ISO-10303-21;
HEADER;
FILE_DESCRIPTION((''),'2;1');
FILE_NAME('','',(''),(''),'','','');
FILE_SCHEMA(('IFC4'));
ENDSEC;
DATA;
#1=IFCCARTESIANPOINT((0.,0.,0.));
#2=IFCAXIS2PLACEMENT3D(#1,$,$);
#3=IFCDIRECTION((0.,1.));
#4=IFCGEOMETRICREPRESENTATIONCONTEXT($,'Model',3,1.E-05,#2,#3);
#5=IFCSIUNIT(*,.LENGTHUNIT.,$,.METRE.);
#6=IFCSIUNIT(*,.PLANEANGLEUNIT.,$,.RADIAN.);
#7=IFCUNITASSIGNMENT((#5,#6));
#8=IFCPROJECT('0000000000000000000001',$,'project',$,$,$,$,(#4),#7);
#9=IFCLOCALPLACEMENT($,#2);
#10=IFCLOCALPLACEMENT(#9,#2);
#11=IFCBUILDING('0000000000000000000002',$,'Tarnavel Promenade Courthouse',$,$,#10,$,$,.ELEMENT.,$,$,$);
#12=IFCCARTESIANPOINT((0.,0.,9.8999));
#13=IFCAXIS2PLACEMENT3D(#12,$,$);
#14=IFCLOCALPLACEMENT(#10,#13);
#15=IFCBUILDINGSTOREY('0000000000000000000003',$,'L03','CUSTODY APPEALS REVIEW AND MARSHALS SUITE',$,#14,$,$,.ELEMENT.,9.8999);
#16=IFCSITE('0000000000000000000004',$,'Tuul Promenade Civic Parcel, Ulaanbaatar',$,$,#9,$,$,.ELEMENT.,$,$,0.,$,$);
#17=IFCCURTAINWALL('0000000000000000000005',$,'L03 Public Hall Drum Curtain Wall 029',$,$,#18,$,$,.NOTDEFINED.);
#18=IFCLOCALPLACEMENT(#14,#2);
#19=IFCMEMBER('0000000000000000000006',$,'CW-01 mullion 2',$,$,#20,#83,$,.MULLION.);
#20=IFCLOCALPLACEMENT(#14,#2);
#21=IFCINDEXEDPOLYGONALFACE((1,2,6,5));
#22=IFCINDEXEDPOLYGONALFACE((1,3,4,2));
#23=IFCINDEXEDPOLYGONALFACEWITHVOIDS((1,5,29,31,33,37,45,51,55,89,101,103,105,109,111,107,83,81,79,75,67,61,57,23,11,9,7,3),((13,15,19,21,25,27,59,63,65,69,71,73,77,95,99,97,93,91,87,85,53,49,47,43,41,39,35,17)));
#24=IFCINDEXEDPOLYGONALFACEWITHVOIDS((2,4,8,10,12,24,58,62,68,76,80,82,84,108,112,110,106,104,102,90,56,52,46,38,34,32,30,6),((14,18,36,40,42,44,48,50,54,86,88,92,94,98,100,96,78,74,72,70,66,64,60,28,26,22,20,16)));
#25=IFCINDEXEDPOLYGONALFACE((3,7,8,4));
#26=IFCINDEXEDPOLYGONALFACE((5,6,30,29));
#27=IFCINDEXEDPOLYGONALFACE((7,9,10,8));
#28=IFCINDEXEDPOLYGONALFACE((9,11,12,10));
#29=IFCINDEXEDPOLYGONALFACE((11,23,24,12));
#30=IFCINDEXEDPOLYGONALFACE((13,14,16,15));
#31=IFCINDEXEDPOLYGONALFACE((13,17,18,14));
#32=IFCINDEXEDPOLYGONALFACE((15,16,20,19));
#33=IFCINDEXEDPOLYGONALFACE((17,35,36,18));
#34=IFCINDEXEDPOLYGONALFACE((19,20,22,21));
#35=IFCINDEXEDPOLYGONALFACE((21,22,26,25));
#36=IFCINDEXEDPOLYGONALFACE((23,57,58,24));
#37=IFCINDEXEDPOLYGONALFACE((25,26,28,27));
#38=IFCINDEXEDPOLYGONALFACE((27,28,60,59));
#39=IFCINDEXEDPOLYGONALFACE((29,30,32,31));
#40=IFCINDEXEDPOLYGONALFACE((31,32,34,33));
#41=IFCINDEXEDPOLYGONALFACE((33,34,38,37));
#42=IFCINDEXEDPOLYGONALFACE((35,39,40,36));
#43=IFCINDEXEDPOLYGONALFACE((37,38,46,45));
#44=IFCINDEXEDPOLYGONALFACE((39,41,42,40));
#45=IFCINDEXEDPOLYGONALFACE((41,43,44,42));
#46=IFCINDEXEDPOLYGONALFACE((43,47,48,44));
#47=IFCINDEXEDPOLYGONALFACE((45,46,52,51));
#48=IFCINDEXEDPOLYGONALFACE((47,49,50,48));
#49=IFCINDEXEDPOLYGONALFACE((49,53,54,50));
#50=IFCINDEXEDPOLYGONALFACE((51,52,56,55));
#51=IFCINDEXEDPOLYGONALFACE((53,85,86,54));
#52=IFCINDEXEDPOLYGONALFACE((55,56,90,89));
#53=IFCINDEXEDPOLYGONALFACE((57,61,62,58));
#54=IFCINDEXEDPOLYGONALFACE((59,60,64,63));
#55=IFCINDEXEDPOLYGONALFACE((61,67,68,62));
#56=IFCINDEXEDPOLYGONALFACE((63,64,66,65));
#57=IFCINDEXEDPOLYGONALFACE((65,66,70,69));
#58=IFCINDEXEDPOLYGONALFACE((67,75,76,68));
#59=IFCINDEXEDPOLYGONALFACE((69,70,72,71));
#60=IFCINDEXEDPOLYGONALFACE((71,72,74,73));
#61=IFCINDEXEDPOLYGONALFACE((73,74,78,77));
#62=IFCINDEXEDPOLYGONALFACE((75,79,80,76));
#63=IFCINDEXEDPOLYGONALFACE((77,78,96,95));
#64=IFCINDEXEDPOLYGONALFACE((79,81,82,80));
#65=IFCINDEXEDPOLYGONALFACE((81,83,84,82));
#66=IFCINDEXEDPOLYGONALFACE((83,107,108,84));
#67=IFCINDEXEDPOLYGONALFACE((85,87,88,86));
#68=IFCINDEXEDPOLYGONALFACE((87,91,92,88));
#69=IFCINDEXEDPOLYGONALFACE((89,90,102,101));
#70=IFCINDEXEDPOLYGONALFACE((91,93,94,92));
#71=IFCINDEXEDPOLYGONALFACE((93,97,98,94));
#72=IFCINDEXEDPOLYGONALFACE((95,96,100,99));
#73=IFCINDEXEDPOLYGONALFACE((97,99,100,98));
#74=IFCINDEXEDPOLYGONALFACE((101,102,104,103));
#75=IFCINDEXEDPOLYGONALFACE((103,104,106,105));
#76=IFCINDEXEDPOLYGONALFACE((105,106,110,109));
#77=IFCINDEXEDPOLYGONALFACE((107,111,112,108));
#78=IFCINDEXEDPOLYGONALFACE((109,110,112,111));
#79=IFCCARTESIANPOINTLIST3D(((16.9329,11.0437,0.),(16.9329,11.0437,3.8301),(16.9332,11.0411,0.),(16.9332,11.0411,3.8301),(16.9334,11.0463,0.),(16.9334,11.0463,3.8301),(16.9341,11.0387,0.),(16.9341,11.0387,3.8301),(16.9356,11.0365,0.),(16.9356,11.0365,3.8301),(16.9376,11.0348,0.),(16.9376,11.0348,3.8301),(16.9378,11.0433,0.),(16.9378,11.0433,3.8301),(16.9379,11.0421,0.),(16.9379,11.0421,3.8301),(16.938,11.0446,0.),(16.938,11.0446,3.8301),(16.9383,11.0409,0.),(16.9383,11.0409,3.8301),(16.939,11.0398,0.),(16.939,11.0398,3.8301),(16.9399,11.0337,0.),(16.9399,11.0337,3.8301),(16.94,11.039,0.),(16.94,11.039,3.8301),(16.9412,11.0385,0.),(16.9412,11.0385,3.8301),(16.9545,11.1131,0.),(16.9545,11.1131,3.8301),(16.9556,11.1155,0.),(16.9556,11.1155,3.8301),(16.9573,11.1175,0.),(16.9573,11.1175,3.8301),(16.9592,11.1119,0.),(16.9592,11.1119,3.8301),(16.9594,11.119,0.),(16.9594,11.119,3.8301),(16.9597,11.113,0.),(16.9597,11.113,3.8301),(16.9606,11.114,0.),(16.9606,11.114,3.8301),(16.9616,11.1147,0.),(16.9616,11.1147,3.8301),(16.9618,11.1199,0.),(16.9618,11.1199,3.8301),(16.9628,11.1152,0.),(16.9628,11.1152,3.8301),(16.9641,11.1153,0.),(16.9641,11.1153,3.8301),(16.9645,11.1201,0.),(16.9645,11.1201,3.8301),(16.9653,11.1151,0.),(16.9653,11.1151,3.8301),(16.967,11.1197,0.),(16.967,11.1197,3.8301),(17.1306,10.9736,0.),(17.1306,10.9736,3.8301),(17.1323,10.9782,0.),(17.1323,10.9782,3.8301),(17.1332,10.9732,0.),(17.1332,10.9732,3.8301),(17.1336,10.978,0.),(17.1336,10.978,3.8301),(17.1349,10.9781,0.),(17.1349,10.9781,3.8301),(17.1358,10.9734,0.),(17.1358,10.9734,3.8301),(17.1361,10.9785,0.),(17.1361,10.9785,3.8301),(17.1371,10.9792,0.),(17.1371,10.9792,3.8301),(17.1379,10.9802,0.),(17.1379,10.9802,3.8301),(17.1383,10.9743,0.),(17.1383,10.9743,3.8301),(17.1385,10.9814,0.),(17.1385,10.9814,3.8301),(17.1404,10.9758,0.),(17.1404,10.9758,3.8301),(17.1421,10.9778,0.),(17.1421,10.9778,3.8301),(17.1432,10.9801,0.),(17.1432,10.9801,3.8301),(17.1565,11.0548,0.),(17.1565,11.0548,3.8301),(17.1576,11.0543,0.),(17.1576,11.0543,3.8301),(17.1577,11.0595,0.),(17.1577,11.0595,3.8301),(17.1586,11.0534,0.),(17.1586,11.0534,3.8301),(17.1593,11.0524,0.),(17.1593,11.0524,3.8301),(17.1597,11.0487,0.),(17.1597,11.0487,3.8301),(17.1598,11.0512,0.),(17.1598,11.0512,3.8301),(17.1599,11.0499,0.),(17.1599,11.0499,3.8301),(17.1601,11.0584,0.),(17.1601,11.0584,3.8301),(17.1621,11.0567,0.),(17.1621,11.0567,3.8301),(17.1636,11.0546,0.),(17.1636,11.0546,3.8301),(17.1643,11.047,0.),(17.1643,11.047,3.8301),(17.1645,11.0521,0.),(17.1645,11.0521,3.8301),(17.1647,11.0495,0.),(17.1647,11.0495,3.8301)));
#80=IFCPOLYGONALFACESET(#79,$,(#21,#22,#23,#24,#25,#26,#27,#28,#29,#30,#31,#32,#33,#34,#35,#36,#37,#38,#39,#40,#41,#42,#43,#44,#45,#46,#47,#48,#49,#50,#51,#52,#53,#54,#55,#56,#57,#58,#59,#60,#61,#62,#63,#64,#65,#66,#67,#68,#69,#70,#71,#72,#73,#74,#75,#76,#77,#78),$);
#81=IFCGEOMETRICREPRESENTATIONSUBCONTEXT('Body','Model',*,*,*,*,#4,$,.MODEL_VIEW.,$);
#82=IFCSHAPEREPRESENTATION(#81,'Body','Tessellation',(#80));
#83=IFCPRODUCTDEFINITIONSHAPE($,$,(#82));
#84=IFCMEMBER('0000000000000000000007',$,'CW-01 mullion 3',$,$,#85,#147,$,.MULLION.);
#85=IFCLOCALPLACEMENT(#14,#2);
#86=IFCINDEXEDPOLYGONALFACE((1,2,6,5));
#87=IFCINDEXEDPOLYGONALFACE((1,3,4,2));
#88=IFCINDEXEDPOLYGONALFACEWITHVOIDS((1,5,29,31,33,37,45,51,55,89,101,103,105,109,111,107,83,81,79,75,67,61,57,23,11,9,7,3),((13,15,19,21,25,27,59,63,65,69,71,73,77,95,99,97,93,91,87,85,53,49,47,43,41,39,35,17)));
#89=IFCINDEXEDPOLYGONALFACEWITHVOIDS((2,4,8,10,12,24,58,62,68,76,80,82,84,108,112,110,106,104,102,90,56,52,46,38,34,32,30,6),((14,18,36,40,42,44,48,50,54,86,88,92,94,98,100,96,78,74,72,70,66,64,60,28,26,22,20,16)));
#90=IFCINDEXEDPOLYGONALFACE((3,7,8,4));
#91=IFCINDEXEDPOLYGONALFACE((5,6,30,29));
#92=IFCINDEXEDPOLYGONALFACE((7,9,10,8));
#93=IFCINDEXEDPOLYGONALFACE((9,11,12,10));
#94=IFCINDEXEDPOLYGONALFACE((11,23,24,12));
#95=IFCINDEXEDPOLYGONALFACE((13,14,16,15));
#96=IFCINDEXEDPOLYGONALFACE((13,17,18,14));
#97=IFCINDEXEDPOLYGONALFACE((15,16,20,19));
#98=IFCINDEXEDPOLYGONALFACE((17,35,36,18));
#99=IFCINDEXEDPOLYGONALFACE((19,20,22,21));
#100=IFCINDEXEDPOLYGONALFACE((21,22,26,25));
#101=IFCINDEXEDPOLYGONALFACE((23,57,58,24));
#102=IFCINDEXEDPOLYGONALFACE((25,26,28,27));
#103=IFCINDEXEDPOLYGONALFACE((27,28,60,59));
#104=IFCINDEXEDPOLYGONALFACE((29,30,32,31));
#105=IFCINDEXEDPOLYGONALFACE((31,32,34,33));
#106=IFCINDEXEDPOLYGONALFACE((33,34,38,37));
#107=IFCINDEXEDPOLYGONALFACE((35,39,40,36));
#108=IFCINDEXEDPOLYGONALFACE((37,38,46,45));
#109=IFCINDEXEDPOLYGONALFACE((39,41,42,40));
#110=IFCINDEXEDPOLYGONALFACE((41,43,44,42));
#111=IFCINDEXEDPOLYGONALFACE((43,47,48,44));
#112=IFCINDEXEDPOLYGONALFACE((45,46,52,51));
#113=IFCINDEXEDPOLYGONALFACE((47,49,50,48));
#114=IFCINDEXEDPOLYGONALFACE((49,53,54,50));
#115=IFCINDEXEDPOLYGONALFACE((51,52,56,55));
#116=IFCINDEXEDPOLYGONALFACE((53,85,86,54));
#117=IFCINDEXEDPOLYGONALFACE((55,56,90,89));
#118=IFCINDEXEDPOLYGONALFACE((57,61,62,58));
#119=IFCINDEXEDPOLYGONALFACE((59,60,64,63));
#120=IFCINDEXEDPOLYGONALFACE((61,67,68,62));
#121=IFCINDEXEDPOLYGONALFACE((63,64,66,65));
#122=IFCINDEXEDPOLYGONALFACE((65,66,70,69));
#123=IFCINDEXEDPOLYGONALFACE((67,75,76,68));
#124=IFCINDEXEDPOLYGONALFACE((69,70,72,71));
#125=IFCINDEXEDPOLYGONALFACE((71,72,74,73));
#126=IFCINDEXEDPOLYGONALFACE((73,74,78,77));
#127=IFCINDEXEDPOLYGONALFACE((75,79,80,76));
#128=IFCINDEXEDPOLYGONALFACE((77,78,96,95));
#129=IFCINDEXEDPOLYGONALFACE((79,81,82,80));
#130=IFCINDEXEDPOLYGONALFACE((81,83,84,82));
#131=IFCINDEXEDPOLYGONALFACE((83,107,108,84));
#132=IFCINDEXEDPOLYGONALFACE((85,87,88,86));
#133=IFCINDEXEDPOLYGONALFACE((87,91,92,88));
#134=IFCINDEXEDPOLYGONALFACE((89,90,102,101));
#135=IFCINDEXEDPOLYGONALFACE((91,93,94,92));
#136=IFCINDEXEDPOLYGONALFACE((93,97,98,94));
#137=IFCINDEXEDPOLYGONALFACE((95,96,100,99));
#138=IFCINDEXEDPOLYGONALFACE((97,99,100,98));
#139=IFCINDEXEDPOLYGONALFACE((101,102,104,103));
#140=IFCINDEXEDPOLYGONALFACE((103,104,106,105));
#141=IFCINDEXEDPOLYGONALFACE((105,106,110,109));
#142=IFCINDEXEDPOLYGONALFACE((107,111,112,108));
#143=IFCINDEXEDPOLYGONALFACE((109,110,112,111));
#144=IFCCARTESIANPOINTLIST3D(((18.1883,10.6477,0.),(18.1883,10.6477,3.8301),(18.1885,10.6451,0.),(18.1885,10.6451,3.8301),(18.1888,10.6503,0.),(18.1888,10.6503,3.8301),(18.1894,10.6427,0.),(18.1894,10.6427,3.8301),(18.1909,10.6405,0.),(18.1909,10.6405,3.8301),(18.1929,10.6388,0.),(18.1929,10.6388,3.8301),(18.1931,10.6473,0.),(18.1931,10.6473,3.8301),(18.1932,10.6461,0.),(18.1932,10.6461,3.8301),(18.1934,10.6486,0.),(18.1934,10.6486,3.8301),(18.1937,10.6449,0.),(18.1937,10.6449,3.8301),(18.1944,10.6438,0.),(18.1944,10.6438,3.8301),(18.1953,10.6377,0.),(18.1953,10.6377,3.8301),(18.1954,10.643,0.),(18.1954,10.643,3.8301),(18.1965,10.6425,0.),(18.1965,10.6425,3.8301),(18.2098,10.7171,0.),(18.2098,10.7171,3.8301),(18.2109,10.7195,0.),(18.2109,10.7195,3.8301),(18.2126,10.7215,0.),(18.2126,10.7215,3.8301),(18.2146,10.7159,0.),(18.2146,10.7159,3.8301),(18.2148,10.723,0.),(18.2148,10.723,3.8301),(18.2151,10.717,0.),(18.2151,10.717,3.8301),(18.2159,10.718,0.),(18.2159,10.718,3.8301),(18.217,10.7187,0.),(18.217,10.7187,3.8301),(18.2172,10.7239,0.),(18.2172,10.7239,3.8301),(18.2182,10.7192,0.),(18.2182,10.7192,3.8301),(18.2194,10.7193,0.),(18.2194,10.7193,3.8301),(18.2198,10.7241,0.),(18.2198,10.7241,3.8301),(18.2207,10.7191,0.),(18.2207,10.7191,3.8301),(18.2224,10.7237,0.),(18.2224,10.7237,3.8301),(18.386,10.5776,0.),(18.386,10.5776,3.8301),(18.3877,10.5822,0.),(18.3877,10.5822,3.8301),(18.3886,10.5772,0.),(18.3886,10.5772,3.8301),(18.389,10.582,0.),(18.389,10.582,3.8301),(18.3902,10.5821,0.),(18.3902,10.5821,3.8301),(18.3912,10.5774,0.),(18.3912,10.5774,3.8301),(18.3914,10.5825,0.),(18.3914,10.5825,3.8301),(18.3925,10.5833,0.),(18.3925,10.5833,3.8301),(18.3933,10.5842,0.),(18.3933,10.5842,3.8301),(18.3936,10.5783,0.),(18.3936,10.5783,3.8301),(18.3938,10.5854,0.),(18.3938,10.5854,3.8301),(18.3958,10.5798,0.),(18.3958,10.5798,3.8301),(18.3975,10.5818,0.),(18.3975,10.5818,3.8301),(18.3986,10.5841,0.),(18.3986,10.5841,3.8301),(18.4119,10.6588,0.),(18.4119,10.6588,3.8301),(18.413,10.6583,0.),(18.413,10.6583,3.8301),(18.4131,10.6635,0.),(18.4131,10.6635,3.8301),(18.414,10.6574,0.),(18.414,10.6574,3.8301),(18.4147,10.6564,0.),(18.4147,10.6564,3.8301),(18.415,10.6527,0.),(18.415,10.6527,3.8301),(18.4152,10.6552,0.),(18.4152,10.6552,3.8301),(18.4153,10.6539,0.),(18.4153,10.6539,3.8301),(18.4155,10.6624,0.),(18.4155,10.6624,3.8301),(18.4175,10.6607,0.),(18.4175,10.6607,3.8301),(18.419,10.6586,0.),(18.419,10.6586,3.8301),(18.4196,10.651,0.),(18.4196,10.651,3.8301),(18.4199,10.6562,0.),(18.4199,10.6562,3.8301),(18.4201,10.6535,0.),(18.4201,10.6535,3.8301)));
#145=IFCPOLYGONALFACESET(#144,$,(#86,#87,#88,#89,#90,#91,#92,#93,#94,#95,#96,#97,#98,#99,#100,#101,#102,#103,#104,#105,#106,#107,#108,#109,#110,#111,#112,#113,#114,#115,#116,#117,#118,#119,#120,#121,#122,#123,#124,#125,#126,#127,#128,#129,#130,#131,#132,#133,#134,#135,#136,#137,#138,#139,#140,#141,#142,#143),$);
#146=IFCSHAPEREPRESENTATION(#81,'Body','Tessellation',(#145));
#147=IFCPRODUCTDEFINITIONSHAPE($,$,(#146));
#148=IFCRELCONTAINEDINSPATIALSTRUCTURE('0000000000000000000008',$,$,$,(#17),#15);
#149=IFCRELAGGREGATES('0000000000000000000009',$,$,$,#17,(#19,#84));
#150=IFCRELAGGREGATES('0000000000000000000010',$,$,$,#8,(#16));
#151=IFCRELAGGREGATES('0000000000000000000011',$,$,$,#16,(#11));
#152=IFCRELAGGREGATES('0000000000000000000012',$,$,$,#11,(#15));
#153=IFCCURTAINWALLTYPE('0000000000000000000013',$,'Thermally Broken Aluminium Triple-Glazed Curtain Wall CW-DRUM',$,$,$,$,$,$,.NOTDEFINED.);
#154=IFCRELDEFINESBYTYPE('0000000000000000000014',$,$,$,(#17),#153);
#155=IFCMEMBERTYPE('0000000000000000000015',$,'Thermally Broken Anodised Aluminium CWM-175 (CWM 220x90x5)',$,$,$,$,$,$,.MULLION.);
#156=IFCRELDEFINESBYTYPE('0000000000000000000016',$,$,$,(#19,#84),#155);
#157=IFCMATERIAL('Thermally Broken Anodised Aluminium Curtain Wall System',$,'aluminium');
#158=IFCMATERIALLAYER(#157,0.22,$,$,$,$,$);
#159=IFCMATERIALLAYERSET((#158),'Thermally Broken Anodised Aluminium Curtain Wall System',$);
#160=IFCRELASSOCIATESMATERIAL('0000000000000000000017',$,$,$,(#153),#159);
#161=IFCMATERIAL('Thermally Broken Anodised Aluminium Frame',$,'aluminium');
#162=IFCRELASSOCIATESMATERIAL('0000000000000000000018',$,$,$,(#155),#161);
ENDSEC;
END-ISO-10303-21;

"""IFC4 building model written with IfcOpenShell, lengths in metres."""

from ifc_helpers import new_model, si_unit, direction, frame, origin, origin_2d, place, context, subcontext, project, spatial, hollow_rectangle, extrude, material, layer, layer_set, material_profile, profile_set, type_object, element, aggregate, save


model = new_model("IFC4")

# Units and contexts
model_context = context("Model", 3, precision=1e-05, world=origin(), true_north=direction((0.0, 1.0)))
body_context = subcontext(model_context, "Body", "Model", "MODEL_VIEW")
ifc_project = project(units=[si_unit("LENGTHUNIT", "METRE"), si_unit("PLANEANGLEUNIT", "RADIAN")], contexts=[model_context])

# Site, building, storey
site_placement = place(None, origin())
site = spatial("IfcSite", under=ifc_project, at=site_placement, Name="Tuul Promenade Civic Parcel, Ulaanbaatar", CompositionType="ELEMENT", RefElevation=0.0)
building_placement = place(site_placement, origin())
building = spatial("IfcBuilding", under=site, at=building_placement, Name="Tarnavel Promenade Courthouse", CompositionType="ELEMENT")
storey_placement = place(building_placement, frame((0.0, 0.0, 9.8999)))
storey = spatial("IfcBuildingStorey", under=building, at=storey_placement, Name="L03", Description="CUSTODY APPEALS REVIEW AND MARSHALS SUITE", CompositionType="ELEMENT", Elevation=9.8999)

# Shared definitions
ifc_material_1 = material(Name="Thermally Broken Anodised Aluminium Curtain Wall System", Category="aluminium")
ifc_layer_1 = layer(ifc_material_1, 0.22)
ifc_layer_set_1 = layer_set([ifc_layer_1], Name="Thermally Broken Anodised Aluminium Curtain Wall System")
curtain_wall_type = type_object("IfcCurtainWallType", Name="Thermally Broken Aluminium Triple-Glazed Curtain Wall CW-DRUM", PredefinedType="NOTDEFINED", material=ifc_layer_set_1)
ifc_material_2 = material(Name="Thermally Broken Anodised Aluminium Frame", Category="aluminium")
ifc_material_profile_1 = material_profile(ifc_material_2, hollow_rectangle(XDim=0.0901, YDim=0.22, WallThickness=0.0049, InnerFilletRadius=0.0049, OuterFilletRadius=0.01, at=origin_2d()), Name="CWM 220x90x5")
ifc_profile_set_1 = profile_set([ifc_material_profile_1], Name="Thermally Broken Anodised Aluminium Frame")
member_type_1 = type_object("IfcMemberType", Name="Thermally Broken Anodised Aluminium CWM-175 (CWM 220x90x5)", PredefinedType="MULLION", material=ifc_profile_set_1)

# Curtain wall, members
curtain_wall_1_placement = place(storey_placement, origin())
curtain_wall_1 = element("IfcCurtainWall", 1, at=curtain_wall_1_placement, inside=storey, type_object=curtain_wall_type, Name="L03 Public Hall Drum Curtain Wall 029", PredefinedType="NOTDEFINED")
member_1_placement = place(storey_placement, frame((17.0488, 11.0466, 0.0), z_axis=(0.0, 0.0, 1.0), x_axis=(0.300705, 0.953717, 0.0)))
member_1 = element("IfcMember", 2, at=member_1_placement, type_object=member_type_1, Name="CW-01 mullion 2", PredefinedType="MULLION", context=body_context, shape_type="SweptSolid", body=[
    extrude(hollow_rectangle(XDim=0.0901, YDim=0.22, WallThickness=0.0049, InnerFilletRadius=0.0049, OuterFilletRadius=0.01, at=origin_2d()), origin(), (0.0, 0.0, 1.0), 3.8301),
])
member_2_placement = place(storey_placement, frame((18.3042, 10.6506, 0.0), z_axis=(0.0, 0.0, 1.0), x_axis=(0.300705, 0.953717, 0.0)))
member_2 = element("IfcMember", 3, at=member_2_placement, type_object=member_type_1, Name="CW-01 mullion 3", PredefinedType="MULLION", context=body_context, shape_type="SweptSolid", body=[
    extrude(hollow_rectangle(XDim=0.0901, YDim=0.22, WallThickness=0.0049, InnerFilletRadius=0.0049, OuterFilletRadius=0.01, at=origin_2d()), origin(), (0.0, 0.0, 1.0), 3.8301),
])
aggregate(curtain_wall_1, [member_1, member_2])

save(model, "model.ifc")
